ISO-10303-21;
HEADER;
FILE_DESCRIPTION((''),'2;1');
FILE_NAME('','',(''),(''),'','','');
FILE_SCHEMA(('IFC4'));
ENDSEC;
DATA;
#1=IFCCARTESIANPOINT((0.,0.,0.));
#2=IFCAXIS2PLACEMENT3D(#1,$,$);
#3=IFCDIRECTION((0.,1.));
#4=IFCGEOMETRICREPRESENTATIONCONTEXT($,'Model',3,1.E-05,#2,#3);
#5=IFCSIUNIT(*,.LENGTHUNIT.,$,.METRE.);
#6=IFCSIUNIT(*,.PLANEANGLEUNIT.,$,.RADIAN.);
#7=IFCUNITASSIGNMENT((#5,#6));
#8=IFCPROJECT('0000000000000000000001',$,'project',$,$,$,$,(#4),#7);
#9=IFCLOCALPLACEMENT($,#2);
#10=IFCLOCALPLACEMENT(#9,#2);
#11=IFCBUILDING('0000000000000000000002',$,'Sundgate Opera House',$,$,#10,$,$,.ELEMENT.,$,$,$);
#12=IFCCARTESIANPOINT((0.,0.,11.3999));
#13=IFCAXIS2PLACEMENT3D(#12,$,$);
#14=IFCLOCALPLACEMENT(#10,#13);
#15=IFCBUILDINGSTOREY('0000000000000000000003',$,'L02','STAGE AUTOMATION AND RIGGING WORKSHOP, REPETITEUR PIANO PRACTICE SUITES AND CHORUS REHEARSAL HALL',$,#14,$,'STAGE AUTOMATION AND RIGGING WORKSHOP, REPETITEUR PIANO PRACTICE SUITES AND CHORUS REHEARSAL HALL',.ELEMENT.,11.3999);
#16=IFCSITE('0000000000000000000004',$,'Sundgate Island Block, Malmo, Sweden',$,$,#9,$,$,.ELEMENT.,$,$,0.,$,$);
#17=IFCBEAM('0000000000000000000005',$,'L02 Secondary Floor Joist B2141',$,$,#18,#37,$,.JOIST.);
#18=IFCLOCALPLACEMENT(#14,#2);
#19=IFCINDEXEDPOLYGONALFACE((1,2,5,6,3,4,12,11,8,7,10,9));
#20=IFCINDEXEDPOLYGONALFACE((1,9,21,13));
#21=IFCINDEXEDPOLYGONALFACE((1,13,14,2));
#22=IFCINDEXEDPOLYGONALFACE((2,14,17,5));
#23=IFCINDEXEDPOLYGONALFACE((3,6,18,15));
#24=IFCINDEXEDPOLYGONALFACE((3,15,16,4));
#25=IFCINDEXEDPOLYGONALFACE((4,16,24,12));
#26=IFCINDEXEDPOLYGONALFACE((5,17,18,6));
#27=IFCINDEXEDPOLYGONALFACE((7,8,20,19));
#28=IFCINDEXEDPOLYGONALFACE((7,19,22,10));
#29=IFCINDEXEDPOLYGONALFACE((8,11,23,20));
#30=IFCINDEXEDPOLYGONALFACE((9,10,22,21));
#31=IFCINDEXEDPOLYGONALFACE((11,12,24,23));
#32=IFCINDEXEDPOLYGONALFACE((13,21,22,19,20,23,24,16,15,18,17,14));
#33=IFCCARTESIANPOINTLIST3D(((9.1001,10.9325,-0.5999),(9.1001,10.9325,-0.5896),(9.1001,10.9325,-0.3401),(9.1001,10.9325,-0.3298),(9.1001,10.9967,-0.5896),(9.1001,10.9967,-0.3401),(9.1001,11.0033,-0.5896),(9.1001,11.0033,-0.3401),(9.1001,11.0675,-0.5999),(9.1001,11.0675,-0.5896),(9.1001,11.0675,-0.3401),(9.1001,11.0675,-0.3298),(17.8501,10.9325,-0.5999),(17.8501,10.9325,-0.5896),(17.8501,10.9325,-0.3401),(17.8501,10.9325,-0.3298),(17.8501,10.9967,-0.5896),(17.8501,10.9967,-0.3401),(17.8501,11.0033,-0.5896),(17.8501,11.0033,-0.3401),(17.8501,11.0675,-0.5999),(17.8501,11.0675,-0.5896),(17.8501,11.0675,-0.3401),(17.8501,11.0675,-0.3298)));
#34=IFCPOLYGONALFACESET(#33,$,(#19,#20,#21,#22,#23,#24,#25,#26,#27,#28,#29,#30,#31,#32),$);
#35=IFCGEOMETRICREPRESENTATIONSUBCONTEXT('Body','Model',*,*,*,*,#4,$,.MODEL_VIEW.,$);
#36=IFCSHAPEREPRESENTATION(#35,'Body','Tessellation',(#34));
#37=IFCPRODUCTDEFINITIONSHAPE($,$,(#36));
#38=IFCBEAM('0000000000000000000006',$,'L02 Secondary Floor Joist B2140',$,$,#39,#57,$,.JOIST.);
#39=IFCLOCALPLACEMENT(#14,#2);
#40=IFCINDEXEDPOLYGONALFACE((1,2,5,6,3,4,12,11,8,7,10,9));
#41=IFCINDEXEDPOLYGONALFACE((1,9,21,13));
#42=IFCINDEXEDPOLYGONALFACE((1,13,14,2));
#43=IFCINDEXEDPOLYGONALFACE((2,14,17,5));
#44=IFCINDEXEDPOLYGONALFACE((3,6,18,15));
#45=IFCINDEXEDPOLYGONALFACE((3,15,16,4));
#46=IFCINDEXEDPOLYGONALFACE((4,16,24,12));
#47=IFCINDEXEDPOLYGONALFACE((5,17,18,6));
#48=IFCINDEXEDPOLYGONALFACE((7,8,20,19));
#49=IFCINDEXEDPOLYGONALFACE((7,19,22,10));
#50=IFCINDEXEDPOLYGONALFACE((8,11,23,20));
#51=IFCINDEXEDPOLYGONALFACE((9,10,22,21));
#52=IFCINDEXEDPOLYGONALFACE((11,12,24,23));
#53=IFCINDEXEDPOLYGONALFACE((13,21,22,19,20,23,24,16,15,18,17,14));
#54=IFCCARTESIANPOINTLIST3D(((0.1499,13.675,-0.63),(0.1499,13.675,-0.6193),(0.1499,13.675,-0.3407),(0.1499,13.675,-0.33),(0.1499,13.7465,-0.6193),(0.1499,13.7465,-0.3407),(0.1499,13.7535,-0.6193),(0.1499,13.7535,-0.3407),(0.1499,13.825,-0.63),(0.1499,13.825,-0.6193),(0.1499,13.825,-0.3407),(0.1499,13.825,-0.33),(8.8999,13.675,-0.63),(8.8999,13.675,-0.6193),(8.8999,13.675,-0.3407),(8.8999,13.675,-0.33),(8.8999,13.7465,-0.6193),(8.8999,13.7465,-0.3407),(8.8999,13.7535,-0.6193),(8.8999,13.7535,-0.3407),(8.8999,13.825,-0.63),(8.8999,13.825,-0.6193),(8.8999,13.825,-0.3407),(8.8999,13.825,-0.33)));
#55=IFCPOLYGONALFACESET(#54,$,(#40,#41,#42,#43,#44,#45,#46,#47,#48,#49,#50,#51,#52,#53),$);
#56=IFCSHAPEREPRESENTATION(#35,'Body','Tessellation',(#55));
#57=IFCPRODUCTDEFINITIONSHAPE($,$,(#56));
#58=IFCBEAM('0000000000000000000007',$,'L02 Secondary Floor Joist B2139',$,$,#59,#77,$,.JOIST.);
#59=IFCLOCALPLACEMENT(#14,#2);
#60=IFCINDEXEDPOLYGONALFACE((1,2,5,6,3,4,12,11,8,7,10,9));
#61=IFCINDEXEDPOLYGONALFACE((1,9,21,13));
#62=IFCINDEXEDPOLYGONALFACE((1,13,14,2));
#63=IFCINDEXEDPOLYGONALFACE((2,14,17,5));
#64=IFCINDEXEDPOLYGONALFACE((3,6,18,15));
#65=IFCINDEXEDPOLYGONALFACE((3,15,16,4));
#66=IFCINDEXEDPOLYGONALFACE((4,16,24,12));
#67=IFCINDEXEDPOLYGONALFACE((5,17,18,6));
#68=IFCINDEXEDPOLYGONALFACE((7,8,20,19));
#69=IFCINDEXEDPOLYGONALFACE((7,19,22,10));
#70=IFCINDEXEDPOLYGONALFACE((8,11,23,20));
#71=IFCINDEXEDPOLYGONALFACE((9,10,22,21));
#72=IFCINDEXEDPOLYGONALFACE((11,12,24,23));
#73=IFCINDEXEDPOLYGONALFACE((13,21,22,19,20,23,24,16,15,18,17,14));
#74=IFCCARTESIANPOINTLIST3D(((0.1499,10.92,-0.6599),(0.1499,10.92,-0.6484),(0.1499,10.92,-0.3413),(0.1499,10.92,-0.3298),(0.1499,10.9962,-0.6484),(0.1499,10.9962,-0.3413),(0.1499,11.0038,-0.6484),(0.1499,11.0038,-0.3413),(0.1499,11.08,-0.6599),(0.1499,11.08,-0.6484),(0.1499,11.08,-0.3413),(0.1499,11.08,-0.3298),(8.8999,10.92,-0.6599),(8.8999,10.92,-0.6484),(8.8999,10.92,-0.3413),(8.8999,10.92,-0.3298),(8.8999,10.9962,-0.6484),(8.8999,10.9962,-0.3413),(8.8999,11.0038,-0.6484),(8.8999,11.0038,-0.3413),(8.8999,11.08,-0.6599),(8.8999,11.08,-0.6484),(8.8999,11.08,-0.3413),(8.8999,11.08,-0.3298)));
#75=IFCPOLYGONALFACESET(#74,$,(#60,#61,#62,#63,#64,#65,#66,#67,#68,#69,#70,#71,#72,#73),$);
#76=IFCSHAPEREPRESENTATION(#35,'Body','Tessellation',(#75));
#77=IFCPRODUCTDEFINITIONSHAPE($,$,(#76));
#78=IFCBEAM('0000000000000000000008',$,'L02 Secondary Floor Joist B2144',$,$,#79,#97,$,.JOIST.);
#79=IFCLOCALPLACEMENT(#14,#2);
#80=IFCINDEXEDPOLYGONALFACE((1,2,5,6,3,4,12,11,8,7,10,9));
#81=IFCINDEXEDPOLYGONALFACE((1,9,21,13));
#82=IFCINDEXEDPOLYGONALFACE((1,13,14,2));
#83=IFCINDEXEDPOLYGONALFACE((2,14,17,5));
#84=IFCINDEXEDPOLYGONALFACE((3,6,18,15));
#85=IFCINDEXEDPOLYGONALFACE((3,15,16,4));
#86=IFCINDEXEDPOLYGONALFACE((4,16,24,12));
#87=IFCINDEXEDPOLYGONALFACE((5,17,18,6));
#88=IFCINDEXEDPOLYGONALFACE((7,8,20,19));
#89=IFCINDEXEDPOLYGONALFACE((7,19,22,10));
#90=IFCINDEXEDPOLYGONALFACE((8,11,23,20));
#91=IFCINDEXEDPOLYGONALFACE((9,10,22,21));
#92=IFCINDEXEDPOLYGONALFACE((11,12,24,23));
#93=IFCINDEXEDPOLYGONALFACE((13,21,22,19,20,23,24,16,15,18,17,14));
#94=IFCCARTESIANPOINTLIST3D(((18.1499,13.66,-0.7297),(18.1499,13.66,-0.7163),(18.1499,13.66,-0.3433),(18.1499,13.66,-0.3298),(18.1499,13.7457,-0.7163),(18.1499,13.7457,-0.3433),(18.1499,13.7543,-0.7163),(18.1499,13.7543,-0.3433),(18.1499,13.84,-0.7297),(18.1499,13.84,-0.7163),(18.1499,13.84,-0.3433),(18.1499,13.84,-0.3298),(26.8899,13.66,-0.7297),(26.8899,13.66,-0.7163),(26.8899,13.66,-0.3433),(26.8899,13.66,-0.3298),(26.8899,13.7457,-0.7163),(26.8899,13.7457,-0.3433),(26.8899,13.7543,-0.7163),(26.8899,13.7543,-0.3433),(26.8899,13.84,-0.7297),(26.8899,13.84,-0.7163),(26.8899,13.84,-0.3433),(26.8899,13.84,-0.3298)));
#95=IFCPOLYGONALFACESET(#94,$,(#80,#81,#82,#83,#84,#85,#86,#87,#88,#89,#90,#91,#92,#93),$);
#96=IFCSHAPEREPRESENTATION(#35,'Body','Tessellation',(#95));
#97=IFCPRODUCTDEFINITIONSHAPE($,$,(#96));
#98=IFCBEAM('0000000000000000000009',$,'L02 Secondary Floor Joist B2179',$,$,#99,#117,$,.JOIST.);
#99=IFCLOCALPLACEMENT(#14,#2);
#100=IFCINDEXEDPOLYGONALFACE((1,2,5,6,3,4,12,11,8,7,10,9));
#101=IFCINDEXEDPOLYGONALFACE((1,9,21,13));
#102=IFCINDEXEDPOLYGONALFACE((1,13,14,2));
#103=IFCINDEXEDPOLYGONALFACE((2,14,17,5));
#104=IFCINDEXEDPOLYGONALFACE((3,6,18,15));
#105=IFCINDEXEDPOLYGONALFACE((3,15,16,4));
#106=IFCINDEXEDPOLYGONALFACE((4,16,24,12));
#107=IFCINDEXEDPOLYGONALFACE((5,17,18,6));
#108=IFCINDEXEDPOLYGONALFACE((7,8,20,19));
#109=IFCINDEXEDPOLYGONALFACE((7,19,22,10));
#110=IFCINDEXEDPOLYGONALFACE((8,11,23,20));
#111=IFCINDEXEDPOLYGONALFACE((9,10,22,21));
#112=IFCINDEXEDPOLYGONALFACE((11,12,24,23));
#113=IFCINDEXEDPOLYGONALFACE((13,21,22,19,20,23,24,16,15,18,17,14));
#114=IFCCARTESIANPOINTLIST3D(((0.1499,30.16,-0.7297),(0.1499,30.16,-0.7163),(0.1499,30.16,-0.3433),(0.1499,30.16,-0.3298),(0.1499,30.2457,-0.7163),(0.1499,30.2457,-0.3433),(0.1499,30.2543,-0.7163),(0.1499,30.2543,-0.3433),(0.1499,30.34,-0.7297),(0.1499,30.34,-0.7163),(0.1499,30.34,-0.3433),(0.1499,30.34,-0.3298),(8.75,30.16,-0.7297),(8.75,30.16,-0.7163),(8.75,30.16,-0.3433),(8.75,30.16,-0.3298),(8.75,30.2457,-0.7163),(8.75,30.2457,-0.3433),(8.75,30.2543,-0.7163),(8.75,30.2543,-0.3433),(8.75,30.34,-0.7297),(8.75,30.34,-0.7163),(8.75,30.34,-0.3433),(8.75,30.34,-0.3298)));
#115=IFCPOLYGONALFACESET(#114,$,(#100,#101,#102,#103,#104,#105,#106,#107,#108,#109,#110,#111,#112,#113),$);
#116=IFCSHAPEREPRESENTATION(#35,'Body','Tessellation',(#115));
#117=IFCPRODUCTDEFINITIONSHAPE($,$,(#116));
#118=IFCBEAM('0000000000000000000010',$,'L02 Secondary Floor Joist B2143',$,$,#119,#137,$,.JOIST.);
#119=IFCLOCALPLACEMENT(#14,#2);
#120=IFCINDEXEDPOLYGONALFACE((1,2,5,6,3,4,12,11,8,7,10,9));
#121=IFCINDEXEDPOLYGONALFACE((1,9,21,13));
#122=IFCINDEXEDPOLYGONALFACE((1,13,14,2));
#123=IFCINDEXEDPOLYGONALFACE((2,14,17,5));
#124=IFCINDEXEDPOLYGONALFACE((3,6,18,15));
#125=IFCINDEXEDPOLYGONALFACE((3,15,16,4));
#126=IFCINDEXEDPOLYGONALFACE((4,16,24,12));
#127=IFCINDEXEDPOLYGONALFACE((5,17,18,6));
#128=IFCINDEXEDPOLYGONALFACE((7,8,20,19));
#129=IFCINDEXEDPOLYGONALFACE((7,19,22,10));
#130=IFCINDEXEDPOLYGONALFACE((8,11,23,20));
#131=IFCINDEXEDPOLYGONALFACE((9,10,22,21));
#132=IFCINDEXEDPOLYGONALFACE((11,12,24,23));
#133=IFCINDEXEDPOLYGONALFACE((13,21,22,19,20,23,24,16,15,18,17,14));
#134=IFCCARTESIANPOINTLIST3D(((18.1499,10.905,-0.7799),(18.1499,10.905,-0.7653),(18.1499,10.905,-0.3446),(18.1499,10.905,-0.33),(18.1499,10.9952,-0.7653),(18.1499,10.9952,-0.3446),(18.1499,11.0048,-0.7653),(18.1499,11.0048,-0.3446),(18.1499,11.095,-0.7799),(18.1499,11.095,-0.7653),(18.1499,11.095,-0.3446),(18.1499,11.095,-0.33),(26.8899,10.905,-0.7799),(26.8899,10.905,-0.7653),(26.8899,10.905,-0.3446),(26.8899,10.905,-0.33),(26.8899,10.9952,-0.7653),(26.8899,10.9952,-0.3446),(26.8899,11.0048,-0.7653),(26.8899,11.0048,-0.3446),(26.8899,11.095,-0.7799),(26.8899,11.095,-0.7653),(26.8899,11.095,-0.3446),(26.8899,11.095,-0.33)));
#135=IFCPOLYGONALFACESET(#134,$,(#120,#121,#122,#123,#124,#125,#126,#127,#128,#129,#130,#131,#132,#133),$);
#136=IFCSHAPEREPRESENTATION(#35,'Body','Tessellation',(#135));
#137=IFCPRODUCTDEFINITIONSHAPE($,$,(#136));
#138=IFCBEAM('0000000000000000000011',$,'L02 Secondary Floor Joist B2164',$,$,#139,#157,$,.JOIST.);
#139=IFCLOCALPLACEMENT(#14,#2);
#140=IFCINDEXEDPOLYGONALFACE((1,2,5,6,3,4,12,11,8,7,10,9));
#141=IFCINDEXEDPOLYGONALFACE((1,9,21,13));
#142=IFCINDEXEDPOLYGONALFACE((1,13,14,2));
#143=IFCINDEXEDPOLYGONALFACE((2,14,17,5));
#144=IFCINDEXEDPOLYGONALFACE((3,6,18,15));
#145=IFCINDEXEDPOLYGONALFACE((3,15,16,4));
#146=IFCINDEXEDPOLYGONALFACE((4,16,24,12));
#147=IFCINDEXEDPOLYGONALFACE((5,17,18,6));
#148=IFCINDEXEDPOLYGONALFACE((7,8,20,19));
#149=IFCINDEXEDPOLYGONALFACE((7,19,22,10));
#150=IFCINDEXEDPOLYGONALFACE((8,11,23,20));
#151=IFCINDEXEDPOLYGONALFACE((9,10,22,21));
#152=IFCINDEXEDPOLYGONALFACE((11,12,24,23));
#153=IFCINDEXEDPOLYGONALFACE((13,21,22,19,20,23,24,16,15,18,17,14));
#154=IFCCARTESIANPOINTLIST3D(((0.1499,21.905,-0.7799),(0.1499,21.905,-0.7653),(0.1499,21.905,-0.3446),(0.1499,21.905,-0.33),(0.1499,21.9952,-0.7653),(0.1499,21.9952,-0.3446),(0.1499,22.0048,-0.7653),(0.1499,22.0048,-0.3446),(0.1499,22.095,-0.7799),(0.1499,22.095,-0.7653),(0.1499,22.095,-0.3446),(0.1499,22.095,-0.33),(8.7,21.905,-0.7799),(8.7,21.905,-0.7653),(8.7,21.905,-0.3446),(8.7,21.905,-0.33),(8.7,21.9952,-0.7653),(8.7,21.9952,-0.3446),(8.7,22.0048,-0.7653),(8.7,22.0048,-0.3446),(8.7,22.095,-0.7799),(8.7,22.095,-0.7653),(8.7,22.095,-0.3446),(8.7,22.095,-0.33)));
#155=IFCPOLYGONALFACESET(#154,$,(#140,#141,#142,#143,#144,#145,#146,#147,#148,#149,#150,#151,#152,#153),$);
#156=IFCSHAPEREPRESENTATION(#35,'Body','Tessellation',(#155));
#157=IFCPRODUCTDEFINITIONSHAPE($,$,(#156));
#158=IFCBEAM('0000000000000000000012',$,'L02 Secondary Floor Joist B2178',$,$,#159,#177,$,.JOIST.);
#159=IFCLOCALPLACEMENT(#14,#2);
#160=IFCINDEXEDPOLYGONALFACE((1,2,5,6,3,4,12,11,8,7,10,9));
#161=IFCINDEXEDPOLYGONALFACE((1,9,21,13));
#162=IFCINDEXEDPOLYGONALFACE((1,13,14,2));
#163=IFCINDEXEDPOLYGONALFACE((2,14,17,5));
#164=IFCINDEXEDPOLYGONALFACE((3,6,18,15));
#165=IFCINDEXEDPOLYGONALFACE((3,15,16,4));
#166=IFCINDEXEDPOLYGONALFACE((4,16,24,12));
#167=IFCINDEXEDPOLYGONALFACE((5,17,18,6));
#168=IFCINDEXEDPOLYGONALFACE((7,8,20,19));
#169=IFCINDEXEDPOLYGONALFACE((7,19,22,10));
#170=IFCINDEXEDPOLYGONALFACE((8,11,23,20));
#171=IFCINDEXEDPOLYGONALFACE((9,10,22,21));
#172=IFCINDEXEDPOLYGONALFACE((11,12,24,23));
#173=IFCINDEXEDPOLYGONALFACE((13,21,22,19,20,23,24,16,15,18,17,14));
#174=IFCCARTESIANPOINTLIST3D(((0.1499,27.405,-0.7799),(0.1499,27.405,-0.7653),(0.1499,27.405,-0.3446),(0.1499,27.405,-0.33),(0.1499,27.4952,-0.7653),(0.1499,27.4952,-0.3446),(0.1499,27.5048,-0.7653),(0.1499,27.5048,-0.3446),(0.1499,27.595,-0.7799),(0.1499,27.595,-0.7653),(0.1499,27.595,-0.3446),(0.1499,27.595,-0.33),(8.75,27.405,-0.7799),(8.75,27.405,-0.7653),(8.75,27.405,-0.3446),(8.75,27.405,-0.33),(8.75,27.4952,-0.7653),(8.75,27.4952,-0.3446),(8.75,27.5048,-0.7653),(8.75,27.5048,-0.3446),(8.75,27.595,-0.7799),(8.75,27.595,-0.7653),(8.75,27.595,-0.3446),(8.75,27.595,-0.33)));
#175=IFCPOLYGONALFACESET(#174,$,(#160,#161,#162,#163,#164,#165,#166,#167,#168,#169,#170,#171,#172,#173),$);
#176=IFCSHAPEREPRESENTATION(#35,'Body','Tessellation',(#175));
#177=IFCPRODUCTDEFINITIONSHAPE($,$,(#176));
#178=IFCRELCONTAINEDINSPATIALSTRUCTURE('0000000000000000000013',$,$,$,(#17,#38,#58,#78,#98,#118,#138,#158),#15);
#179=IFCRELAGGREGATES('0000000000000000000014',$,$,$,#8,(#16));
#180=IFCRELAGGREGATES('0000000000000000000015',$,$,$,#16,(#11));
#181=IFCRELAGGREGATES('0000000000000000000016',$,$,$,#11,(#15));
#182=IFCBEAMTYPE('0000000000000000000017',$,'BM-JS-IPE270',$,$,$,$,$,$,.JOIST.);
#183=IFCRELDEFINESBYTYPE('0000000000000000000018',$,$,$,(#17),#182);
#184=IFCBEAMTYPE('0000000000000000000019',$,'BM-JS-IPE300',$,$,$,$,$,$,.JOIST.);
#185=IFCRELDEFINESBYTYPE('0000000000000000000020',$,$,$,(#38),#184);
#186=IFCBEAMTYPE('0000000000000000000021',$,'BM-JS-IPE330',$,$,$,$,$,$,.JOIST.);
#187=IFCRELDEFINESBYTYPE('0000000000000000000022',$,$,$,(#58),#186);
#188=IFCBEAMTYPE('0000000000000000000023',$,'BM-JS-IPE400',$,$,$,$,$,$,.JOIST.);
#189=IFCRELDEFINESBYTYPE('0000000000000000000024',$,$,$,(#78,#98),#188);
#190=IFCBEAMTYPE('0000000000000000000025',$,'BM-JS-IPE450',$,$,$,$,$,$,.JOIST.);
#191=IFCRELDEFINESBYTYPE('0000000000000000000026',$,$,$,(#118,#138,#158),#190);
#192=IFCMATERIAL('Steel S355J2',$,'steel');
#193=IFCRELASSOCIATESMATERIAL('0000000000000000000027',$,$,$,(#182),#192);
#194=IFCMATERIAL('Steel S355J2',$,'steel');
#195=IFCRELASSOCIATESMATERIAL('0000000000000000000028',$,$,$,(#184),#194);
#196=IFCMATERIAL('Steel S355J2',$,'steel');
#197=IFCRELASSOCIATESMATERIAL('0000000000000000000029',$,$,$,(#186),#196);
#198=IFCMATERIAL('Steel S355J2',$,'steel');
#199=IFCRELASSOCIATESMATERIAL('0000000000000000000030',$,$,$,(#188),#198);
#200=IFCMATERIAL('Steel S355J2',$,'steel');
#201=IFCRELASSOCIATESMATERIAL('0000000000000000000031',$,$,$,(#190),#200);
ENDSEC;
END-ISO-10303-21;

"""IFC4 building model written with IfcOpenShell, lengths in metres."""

from ifc_helpers import new_model, si_unit, direction, frame, origin, origin_2d, place, context, subcontext, project, spatial, i_section, extrude, material, material_profile, profile_set, type_object, element, save


model = new_model("IFC4")

# Units and contexts
model_context = context("Model", 3, precision=1e-05, world=origin(), true_north=direction((0.0, 1.0)))
body_context = subcontext(model_context, "Body", "Model", "MODEL_VIEW")
ifc_project = project(units=[si_unit("LENGTHUNIT", "METRE"), si_unit("PLANEANGLEUNIT", "RADIAN")], contexts=[model_context])

# Site, building, storey
site_placement = place(None, origin())
site = spatial("IfcSite", under=ifc_project, at=site_placement, Name="Sundgate Island Block, Malmo, Sweden", CompositionType="ELEMENT", RefElevation=0.0)
building_placement = place(site_placement, origin())
building = spatial("IfcBuilding", under=site, at=building_placement, Name="Sundgate Opera House", CompositionType="ELEMENT")
storey_placement = place(building_placement, frame((0.0, 0.0, 11.3999)))
storey = spatial("IfcBuildingStorey", under=building, at=storey_placement, Name="L02", Description="STAGE AUTOMATION AND RIGGING WORKSHOP, REPETITEUR PIANO PRACTICE SUITES AND CHORUS REHEARSAL HALL", LongName="STAGE AUTOMATION AND RIGGING WORKSHOP, REPETITEUR PIANO PRACTICE SUITES AND CHORUS REHEARSAL HALL", CompositionType="ELEMENT", Elevation=11.3999)

# Beams
ifc_material_1 = material(Name="Steel S355J2", Category="steel")
ifc_material_profile_1 = material_profile(ifc_material_1, i_section(OverallWidth=0.135, OverallDepth=0.27, WebThickness=0.0066, FlangeThickness=0.0103, at=origin_2d()), Name="IPE 270")
ifc_profile_set_1 = profile_set([ifc_material_profile_1], Name="Steel S355J2")
beam_type_1 = type_object("IfcBeamType", Name="BM-JS-IPE270", PredefinedType="JOIST", material=ifc_profile_set_1)
beam_1_placement = place(storey_placement, frame((9.1001, 11.0, -0.4648), z_axis=(1.0, 0.0, 0.0), x_axis=(0.0, 1.0, 0.0)))
element("IfcBeam", 1, at=beam_1_placement, inside=storey, type_object=beam_type_1, Name="L02 Secondary Floor Joist B2141", PredefinedType="JOIST", context=body_context, shape_type="SweptSolid", body=[
    extrude(i_section(OverallWidth=0.135, OverallDepth=0.27, WebThickness=0.0066, FlangeThickness=0.0103, at=origin_2d()), origin(), (0.0, 0.0, 1.0), 8.75),
])
ifc_material_2 = material(Name="Steel S355J2", Category="steel")
ifc_material_profile_2 = material_profile(ifc_material_2, i_section(OverallWidth=0.1499, OverallDepth=0.3, WebThickness=0.0071, FlangeThickness=0.0107, at=origin_2d()), Name="IPE 300")
ifc_profile_set_2 = profile_set([ifc_material_profile_2], Name="Steel S355J2")
beam_type_2 = type_object("IfcBeamType", Name="BM-JS-IPE300", PredefinedType="JOIST", material=ifc_profile_set_2)
beam_2_placement = place(storey_placement, frame((0.1499, 13.75, -0.48), z_axis=(1.0, 0.0, 0.0), x_axis=(0.0, 1.0, 0.0)))
element("IfcBeam", 2, at=beam_2_placement, inside=storey, type_object=beam_type_2, Name="L02 Secondary Floor Joist B2140", PredefinedType="JOIST", context=body_context, shape_type="SweptSolid", body=[
    extrude(i_section(OverallWidth=0.1499, OverallDepth=0.3, WebThickness=0.0071, FlangeThickness=0.0107, at=origin_2d()), origin(), (0.0, 0.0, 1.0), 8.75),
])
ifc_material_3 = material(Name="Steel S355J2", Category="steel")
ifc_material_profile_3 = material_profile(ifc_material_3, i_section(OverallWidth=0.1599, OverallDepth=0.3301, WebThickness=0.0076, FlangeThickness=0.0115, at=origin_2d()), Name="IPE 330")
ifc_profile_set_3 = profile_set([ifc_material_profile_3], Name="Steel S355J2")
beam_type_3 = type_object("IfcBeamType", Name="BM-JS-IPE330", PredefinedType="JOIST", material=ifc_profile_set_3)
beam_3_placement = place(storey_placement, frame((0.1499, 11.0, -0.4949), z_axis=(1.0, 0.0, 0.0), x_axis=(0.0, 1.0, 0.0)))
element("IfcBeam", 3, at=beam_3_placement, inside=storey, type_object=beam_type_3, Name="L02 Secondary Floor Joist B2139", PredefinedType="JOIST", context=body_context, shape_type="SweptSolid", body=[
    extrude(i_section(OverallWidth=0.1599, OverallDepth=0.3301, WebThickness=0.0076, FlangeThickness=0.0115, at=origin_2d()), origin(), (0.0, 0.0, 1.0), 8.75),
])
ifc_material_4 = material(Name="Steel S355J2", Category="steel")
ifc_material_profile_4 = material_profile(ifc_material_4, i_section(OverallWidth=0.1799, OverallDepth=0.3999, WebThickness=0.0085, FlangeThickness=0.0134, at=origin_2d()), Name="IPE 400")
ifc_profile_set_4 = profile_set([ifc_material_profile_4], Name="Steel S355J2")
beam_type_4 = type_object("IfcBeamType", Name="BM-JS-IPE400", PredefinedType="JOIST", material=ifc_profile_set_4)
beam_4_placement = place(storey_placement, frame((18.1499, 13.75, -0.5298), z_axis=(1.0, 0.0, 0.0), x_axis=(0.0, 1.0, 0.0)))
element("IfcBeam", 4, at=beam_4_placement, inside=storey, type_object=beam_type_4, Name="L02 Secondary Floor Joist B2144", PredefinedType="JOIST", context=body_context, shape_type="SweptSolid", body=[
    extrude(i_section(OverallWidth=0.1799, OverallDepth=0.3999, WebThickness=0.0085, FlangeThickness=0.0134, at=origin_2d()), origin(), (0.0, 0.0, 1.0), 8.74),
])
beam_5_placement = place(storey_placement, frame((0.1499, 30.25, -0.5298), z_axis=(1.0, 0.0, 0.0), x_axis=(0.0, 1.0, 0.0)))
element("IfcBeam", 5, at=beam_5_placement, inside=storey, type_object=beam_type_4, Name="L02 Secondary Floor Joist B2179", PredefinedType="JOIST", context=body_context, shape_type="SweptSolid", body=[
    extrude(i_section(OverallWidth=0.1799, OverallDepth=0.3999, WebThickness=0.0085, FlangeThickness=0.0134, at=origin_2d()), origin(), (0.0, 0.0, 1.0), 8.6001),
])
ifc_material_5 = material(Name="Steel S355J2", Category="steel")
ifc_material_profile_5 = material_profile(ifc_material_5, i_section(OverallWidth=0.1899, OverallDepth=0.45, WebThickness=0.0095, FlangeThickness=0.0146, at=origin_2d()), Name="IPE 450")
ifc_profile_set_5 = profile_set([ifc_material_profile_5], Name="Steel S355J2")
beam_type_5 = type_object("IfcBeamType", Name="BM-JS-IPE450", PredefinedType="JOIST", material=ifc_profile_set_5)
beam_6_placement = place(storey_placement, frame((18.1499, 11.0, -0.5549), z_axis=(1.0, 0.0, 0.0), x_axis=(0.0, 1.0, 0.0)))
element("IfcBeam", 6, at=beam_6_placement, inside=storey, type_object=beam_type_5, Name="L02 Secondary Floor Joist B2143", PredefinedType="JOIST", context=body_context, shape_type="SweptSolid", body=[
    extrude(i_section(OverallWidth=0.1899, OverallDepth=0.45, WebThickness=0.0095, FlangeThickness=0.0146, at=origin_2d()), origin(), (0.0, 0.0, 1.0), 8.74),
])
beam_7_placement = place(storey_placement, frame((0.1499, 22.0, -0.5549), z_axis=(1.0, 0.0, 0.0), x_axis=(0.0, 1.0, 0.0)))
element("IfcBeam", 7, at=beam_7_placement, inside=storey, type_object=beam_type_5, Name="L02 Secondary Floor Joist B2164", PredefinedType="JOIST", context=body_context, shape_type="SweptSolid", body=[
    extrude(i_section(OverallWidth=0.1899, OverallDepth=0.45, WebThickness=0.0095, FlangeThickness=0.0146, at=origin_2d()), origin(), (0.0, 0.0, 1.0), 8.55),
])
beam_8_placement = place(storey_placement, frame((0.1499, 27.5, -0.5549), z_axis=(1.0, 0.0, 0.0), x_axis=(0.0, 1.0, 0.0)))
element("IfcBeam", 8, at=beam_8_placement, inside=storey, type_object=beam_type_5, Name="L02 Secondary Floor Joist B2178", PredefinedType="JOIST", context=body_context, shape_type="SweptSolid", body=[
    extrude(i_section(OverallWidth=0.1899, OverallDepth=0.45, WebThickness=0.0095, FlangeThickness=0.0146, at=origin_2d()), origin(), (0.0, 0.0, 1.0), 8.6001),
])

save(model, "model.ifc")
